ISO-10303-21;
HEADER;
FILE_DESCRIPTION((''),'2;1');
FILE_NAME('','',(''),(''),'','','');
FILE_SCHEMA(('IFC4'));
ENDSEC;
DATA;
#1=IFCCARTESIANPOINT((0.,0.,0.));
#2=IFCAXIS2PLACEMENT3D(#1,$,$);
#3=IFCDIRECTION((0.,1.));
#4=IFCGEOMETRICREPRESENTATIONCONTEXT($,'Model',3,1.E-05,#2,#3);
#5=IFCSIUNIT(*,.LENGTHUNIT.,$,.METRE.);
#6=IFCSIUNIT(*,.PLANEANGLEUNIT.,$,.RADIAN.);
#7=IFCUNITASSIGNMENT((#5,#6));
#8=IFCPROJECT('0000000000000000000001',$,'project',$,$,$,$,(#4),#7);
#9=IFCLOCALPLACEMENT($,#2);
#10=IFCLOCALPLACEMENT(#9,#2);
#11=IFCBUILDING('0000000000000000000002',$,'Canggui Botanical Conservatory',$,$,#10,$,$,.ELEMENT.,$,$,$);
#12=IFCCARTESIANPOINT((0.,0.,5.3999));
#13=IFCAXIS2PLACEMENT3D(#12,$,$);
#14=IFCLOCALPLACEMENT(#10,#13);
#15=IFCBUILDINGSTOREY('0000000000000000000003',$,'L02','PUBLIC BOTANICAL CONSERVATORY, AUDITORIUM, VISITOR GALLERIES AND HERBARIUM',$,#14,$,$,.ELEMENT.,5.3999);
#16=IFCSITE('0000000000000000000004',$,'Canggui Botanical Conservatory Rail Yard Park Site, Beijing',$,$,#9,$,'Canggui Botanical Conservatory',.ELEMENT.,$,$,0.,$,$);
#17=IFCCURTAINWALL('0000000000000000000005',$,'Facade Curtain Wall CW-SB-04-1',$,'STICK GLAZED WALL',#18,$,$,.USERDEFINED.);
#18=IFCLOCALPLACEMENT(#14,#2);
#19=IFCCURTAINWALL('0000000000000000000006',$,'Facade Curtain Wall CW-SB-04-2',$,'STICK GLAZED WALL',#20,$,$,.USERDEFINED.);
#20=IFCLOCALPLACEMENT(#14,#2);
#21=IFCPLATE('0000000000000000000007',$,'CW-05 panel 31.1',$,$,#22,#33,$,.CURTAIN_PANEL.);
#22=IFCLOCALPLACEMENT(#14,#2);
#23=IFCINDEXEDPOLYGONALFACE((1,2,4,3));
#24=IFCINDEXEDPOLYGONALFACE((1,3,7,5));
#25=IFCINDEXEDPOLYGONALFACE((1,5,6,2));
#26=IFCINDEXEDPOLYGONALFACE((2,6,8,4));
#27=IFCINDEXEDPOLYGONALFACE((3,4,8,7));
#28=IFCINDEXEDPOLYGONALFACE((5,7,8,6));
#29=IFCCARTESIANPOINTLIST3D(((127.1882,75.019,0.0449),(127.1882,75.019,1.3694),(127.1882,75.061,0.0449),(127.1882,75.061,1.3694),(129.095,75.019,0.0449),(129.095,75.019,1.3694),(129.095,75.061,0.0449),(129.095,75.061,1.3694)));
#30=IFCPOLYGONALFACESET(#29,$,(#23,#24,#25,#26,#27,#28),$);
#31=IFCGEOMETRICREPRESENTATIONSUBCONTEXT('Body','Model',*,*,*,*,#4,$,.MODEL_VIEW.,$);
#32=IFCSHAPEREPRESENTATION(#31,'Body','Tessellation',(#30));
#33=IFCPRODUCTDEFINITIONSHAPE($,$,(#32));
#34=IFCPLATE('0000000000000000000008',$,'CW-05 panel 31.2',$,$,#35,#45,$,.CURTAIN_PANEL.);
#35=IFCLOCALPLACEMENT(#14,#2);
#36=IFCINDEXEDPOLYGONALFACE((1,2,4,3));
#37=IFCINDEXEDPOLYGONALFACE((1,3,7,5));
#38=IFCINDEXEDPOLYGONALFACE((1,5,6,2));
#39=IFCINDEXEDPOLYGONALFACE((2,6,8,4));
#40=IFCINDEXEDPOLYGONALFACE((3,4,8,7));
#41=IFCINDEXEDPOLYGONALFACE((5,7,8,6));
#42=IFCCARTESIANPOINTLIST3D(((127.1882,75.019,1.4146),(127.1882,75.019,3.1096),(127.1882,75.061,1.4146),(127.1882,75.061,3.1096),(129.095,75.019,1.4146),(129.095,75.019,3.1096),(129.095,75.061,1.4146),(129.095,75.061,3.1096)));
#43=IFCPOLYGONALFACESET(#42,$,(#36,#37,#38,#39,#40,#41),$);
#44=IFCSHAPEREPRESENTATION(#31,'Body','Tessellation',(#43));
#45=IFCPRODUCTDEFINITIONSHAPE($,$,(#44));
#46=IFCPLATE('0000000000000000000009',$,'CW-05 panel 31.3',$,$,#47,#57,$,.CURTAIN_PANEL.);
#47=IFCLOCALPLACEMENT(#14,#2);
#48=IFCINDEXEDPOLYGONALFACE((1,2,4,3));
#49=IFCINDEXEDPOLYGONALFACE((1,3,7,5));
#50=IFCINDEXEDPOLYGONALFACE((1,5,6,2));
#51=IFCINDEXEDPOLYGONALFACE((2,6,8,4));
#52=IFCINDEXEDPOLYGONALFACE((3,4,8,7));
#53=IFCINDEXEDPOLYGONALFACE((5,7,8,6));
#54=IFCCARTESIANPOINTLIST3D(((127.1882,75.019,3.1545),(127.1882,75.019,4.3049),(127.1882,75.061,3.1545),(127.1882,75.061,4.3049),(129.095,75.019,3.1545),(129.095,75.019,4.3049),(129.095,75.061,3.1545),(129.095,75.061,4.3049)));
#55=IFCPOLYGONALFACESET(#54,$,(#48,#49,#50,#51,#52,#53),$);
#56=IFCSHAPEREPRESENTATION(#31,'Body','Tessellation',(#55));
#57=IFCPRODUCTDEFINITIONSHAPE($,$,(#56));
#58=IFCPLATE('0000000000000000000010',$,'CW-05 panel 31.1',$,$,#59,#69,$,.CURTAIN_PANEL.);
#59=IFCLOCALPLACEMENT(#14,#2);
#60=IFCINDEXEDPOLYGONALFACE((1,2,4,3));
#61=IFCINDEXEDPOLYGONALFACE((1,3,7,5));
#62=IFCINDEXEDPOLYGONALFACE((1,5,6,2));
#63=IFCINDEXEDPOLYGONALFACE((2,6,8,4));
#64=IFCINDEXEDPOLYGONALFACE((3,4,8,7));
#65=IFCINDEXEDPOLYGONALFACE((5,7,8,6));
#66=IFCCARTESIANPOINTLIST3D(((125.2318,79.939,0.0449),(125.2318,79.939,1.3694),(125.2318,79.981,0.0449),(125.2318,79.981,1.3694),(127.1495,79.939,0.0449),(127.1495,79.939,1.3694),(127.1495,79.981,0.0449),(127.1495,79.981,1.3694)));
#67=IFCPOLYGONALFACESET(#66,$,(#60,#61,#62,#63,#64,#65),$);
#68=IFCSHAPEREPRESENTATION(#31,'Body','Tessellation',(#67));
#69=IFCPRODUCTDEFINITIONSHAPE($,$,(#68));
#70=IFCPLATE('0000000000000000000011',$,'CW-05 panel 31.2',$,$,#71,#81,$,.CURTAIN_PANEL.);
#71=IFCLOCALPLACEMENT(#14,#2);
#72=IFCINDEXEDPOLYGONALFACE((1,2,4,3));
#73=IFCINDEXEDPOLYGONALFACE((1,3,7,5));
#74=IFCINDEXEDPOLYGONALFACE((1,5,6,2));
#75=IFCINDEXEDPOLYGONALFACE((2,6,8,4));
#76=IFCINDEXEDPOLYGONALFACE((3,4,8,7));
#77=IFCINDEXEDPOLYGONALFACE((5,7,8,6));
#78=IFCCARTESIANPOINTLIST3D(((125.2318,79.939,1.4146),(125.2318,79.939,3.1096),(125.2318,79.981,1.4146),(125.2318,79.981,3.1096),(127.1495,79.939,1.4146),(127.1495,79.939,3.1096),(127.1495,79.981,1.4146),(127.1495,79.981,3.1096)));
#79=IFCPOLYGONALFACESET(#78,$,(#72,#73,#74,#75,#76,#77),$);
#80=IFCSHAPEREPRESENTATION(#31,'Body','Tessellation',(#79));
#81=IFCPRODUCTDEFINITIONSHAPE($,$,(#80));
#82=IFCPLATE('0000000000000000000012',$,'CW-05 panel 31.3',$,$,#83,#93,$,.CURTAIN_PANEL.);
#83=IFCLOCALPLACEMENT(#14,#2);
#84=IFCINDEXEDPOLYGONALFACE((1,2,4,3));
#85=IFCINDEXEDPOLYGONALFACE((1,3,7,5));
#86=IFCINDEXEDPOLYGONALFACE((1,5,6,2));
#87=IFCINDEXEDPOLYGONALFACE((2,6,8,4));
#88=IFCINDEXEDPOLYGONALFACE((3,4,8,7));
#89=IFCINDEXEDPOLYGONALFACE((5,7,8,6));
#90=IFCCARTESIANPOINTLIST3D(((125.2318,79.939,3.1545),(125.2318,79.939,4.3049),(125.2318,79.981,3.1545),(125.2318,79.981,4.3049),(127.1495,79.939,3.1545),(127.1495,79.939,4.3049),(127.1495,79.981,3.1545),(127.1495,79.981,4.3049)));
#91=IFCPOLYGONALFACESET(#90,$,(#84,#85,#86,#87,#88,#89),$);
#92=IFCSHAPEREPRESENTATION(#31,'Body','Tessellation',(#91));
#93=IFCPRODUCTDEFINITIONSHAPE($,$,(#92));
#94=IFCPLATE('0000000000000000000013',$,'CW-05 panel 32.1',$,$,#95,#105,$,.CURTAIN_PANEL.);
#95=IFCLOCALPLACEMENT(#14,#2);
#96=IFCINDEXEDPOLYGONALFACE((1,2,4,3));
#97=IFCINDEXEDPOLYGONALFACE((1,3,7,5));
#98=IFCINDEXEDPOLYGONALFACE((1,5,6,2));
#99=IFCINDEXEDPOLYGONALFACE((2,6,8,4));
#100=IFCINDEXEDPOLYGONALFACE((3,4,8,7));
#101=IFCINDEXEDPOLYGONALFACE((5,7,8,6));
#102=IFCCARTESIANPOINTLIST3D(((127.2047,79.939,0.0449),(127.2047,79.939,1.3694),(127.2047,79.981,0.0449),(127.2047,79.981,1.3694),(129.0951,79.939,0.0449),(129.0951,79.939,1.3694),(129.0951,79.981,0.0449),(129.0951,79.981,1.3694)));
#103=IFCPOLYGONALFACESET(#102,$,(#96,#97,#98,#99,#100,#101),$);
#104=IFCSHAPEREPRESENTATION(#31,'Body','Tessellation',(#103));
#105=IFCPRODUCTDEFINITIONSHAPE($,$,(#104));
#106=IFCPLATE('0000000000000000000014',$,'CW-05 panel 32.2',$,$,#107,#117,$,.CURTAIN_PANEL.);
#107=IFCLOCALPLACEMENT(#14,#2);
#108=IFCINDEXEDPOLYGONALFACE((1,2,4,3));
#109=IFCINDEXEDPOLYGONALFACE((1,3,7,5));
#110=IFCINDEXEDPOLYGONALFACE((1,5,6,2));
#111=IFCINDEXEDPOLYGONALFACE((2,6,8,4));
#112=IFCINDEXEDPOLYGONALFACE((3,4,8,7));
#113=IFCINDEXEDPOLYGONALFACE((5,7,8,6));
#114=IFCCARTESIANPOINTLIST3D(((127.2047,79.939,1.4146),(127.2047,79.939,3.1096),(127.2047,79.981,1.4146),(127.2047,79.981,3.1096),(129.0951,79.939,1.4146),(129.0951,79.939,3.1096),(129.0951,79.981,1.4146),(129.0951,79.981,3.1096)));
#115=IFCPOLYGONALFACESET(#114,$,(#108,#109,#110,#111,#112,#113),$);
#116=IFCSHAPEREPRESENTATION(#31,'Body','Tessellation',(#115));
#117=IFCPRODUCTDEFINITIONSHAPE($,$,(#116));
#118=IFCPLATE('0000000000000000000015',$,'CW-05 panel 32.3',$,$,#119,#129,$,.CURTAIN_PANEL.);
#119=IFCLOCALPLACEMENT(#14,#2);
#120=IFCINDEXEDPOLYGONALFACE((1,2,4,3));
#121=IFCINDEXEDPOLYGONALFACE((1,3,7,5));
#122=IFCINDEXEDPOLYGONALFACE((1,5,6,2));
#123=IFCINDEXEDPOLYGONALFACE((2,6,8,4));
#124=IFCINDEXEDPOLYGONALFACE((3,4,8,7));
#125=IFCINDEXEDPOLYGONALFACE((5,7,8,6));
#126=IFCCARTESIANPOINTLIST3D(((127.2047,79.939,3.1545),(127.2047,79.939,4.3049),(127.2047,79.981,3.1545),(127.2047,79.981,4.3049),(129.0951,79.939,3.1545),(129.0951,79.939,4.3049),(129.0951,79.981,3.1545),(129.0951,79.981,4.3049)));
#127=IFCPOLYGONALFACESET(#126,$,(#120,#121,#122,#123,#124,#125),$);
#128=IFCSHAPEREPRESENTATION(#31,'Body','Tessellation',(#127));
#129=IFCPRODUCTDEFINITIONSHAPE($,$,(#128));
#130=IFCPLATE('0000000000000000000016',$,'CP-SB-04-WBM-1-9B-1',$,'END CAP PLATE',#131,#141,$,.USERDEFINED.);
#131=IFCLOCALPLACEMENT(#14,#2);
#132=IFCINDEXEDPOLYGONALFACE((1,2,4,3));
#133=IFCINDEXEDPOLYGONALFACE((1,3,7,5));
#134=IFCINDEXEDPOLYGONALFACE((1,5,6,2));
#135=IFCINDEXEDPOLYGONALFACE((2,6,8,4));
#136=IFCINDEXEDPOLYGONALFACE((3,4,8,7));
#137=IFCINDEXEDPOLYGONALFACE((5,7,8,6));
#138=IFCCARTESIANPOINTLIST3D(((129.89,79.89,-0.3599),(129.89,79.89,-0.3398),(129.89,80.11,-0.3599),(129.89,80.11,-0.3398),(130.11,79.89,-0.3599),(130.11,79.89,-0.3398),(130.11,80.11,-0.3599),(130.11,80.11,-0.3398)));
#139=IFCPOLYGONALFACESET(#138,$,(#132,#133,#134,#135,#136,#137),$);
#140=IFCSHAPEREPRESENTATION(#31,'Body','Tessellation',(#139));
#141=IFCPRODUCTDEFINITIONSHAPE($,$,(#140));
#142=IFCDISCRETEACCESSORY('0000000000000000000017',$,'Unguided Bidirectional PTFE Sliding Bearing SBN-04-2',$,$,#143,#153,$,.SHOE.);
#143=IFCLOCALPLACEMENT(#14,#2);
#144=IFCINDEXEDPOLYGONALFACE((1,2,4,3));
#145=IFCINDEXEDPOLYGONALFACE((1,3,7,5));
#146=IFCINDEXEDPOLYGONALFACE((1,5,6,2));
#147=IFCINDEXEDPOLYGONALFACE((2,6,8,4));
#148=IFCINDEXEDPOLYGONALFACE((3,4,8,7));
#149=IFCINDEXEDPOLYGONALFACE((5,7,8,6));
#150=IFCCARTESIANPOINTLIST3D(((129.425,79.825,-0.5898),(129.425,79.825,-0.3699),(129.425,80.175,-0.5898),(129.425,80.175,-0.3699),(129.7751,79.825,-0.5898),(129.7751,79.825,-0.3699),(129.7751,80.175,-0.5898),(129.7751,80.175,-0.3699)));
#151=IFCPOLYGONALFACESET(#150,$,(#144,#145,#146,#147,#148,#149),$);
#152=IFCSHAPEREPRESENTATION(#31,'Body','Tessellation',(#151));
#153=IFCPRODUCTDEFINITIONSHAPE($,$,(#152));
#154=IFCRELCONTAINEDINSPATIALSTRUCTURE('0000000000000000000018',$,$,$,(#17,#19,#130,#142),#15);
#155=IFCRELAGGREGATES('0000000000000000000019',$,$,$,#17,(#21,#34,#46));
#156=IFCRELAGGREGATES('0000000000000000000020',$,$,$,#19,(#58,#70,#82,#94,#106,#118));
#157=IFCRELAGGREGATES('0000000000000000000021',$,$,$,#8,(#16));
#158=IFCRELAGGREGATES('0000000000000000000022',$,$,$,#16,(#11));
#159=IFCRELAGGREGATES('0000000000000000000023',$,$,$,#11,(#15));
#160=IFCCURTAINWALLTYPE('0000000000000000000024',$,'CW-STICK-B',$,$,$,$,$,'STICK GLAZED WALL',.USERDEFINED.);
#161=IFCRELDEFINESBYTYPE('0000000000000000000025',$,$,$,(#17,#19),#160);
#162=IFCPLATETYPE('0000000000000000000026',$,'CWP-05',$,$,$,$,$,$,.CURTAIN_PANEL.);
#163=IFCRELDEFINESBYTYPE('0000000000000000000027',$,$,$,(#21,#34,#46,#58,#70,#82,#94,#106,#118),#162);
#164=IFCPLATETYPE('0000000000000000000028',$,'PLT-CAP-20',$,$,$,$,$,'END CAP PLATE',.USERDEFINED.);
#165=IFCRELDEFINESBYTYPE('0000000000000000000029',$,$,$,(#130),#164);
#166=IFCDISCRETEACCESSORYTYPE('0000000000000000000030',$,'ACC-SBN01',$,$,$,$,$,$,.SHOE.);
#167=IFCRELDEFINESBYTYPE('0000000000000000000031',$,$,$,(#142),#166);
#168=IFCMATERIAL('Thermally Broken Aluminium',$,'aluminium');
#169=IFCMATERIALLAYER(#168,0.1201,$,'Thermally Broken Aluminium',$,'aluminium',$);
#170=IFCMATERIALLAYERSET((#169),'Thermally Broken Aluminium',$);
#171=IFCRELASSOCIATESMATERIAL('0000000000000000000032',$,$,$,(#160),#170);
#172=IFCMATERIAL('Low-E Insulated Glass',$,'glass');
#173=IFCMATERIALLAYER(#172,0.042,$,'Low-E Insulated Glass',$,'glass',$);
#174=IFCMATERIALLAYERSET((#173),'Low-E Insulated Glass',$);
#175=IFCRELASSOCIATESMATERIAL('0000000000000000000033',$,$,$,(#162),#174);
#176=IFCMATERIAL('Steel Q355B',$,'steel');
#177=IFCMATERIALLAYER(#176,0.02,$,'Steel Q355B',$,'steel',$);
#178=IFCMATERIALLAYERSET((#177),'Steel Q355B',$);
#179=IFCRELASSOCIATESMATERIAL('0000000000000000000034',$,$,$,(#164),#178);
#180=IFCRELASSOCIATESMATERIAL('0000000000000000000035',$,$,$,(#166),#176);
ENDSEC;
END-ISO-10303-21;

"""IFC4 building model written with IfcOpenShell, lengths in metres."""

from ifc_helpers import new_model, si_unit, direction, frame, origin, origin_2d, place, context, subcontext, project, spatial, rectangle, extrude, material, layer, layer_set, type_object, element, aggregate, save


model = new_model("IFC4")

# Units and contexts
model_context = context("Model", 3, precision=1e-05, world=origin(), true_north=direction((0.0, 1.0)))
body_context = subcontext(model_context, "Body", "Model", "MODEL_VIEW")
ifc_project = project(units=[si_unit("LENGTHUNIT", "METRE"), si_unit("PLANEANGLEUNIT", "RADIAN")], contexts=[model_context])

# Site, building, storey
site_placement = place(None, origin())
site = spatial("IfcSite", under=ifc_project, at=site_placement, Name="Canggui Botanical Conservatory Rail Yard Park Site, Beijing", LongName="Canggui Botanical Conservatory", CompositionType="ELEMENT", RefElevation=0.0)
building_placement = place(site_placement, origin())
building = spatial("IfcBuilding", under=site, at=building_placement, Name="Canggui Botanical Conservatory", CompositionType="ELEMENT")
storey_placement = place(building_placement, frame((0.0, 0.0, 5.3999)))
storey = spatial("IfcBuildingStorey", under=building, at=storey_placement, Name="L02", Description="PUBLIC BOTANICAL CONSERVATORY, AUDITORIUM, VISITOR GALLERIES AND HERBARIUM", CompositionType="ELEMENT", Elevation=5.3999)

# Shared definitions
ifc_material_1 = material(Name="Thermally Broken Aluminium", Category="aluminium")

# Curtain walls
ifc_layer_1 = layer(ifc_material_1, 0.1201, Name="Thermally Broken Aluminium", Category="aluminium")
ifc_layer_set_1 = layer_set([ifc_layer_1], Name="Thermally Broken Aluminium")
curtain_wall_type_1 = type_object("IfcCurtainWallType", Name="CW-STICK-B", ElementType="STICK GLAZED WALL", PredefinedType="USERDEFINED", material=ifc_layer_set_1)
curtain_wall_1_placement = place(storey_placement, origin())
curtain_wall_1 = element("IfcCurtainWall", 1, at=curtain_wall_1_placement, inside=storey, type_object=curtain_wall_type_1, Name="Facade Curtain Wall CW-SB-04-1", ObjectType="STICK GLAZED WALL", PredefinedType="USERDEFINED")
curtain_wall_2_placement = place(storey_placement, origin())
curtain_wall_2 = element("IfcCurtainWall", 2, at=curtain_wall_2_placement, inside=storey, type_object=curtain_wall_type_1, Name="Facade Curtain Wall CW-SB-04-2", ObjectType="STICK GLAZED WALL", PredefinedType="USERDEFINED")

# Plates
ifc_material_2 = material(Name="Low-E Insulated Glass", Category="glass")
ifc_layer_2 = layer(ifc_material_2, 0.042, Name="Low-E Insulated Glass", Category="glass")
ifc_layer_set_2 = layer_set([ifc_layer_2], Name="Low-E Insulated Glass")
plate_type_1 = type_object("IfcPlateType", Name="CWP-05", PredefinedType="CURTAIN_PANEL", material=ifc_layer_set_2)
plate_1_placement = place(storey_placement, frame((128.1416, 75.04, 0.0449), z_axis=(0.0, 0.0, 1.0), x_axis=(1.0, 0.0, 0.0)))
plate_1 = element("IfcPlate", 3, at=plate_1_placement, type_object=plate_type_1, Name="CW-05 panel 31.1", PredefinedType="CURTAIN_PANEL", context=body_context, shape_type="SweptSolid", body=[
    extrude(rectangle(XDim=1.9067, YDim=0.042, at=origin_2d()), origin(), (0.0, 0.0, 1.0), 1.3245),
])
plate_2_placement = place(storey_placement, frame((128.1416, 75.04, 1.4146), z_axis=(0.0, 0.0, 1.0), x_axis=(1.0, 0.0, 0.0)))
plate_2 = element("IfcPlate", 4, at=plate_2_placement, type_object=plate_type_1, Name="CW-05 panel 31.2", PredefinedType="CURTAIN_PANEL", context=body_context, shape_type="SweptSolid", body=[
    extrude(rectangle(XDim=1.9067, YDim=0.042, at=origin_2d()), origin(), (0.0, 0.0, 1.0), 1.6951),
])
plate_3_placement = place(storey_placement, frame((128.1416, 75.04, 3.1545), z_axis=(0.0, 0.0, 1.0), x_axis=(1.0, 0.0, 0.0)))
plate_3 = element("IfcPlate", 5, at=plate_3_placement, type_object=plate_type_1, Name="CW-05 panel 31.3", PredefinedType="CURTAIN_PANEL", context=body_context, shape_type="SweptSolid", body=[
    extrude(rectangle(XDim=1.9067, YDim=0.042, at=origin_2d()), origin(), (0.0, 0.0, 1.0), 1.1504),
])
aggregate(curtain_wall_1, [plate_1, plate_2, plate_3])
plate_4_placement = place(storey_placement, frame((126.1907, 79.96, 0.0449), z_axis=(0.0, 0.0, 1.0), x_axis=(1.0, 0.0, 0.0)))
plate_4 = element("IfcPlate", 6, at=plate_4_placement, type_object=plate_type_1, Name="CW-05 panel 31.1", PredefinedType="CURTAIN_PANEL", context=body_context, shape_type="SweptSolid", body=[
    extrude(rectangle(XDim=1.9177, YDim=0.042, at=origin_2d()), origin(), (0.0, 0.0, 1.0), 1.3245),
])
plate_5_placement = place(storey_placement, frame((126.1907, 79.96, 1.4146), z_axis=(0.0, 0.0, 1.0), x_axis=(1.0, 0.0, 0.0)))
plate_5 = element("IfcPlate", 7, at=plate_5_placement, type_object=plate_type_1, Name="CW-05 panel 31.2", PredefinedType="CURTAIN_PANEL", context=body_context, shape_type="SweptSolid", body=[
    extrude(rectangle(XDim=1.9177, YDim=0.042, at=origin_2d()), origin(), (0.0, 0.0, 1.0), 1.6951),
])
plate_6_placement = place(storey_placement, frame((126.1907, 79.96, 3.1545), z_axis=(0.0, 0.0, 1.0), x_axis=(1.0, 0.0, 0.0)))
plate_6 = element("IfcPlate", 8, at=plate_6_placement, type_object=plate_type_1, Name="CW-05 panel 31.3", PredefinedType="CURTAIN_PANEL", context=body_context, shape_type="SweptSolid", body=[
    extrude(rectangle(XDim=1.9177, YDim=0.042, at=origin_2d()), origin(), (0.0, 0.0, 1.0), 1.1504),
])
plate_7_placement = place(storey_placement, frame((128.1499, 79.96, 0.0449), z_axis=(0.0, 0.0, 1.0), x_axis=(1.0, 0.0, 0.0)))
plate_7 = element("IfcPlate", 9, at=plate_7_placement, type_object=plate_type_1, Name="CW-05 panel 32.1", PredefinedType="CURTAIN_PANEL", context=body_context, shape_type="SweptSolid", body=[
    extrude(rectangle(XDim=1.8904, YDim=0.042, at=origin_2d()), origin(), (0.0, 0.0, 1.0), 1.3245),
])
plate_8_placement = place(storey_placement, frame((128.1499, 79.96, 1.4146), z_axis=(0.0, 0.0, 1.0), x_axis=(1.0, 0.0, 0.0)))
plate_8 = element("IfcPlate", 10, at=plate_8_placement, type_object=plate_type_1, Name="CW-05 panel 32.2", PredefinedType="CURTAIN_PANEL", context=body_context, shape_type="SweptSolid", body=[
    extrude(rectangle(XDim=1.8904, YDim=0.042, at=origin_2d()), origin(), (0.0, 0.0, 1.0), 1.6951),
])
plate_9_placement = place(storey_placement, frame((128.1499, 79.96, 3.1545), z_axis=(0.0, 0.0, 1.0), x_axis=(1.0, 0.0, 0.0)))
plate_9 = element("IfcPlate", 11, at=plate_9_placement, type_object=plate_type_1, Name="CW-05 panel 32.3", PredefinedType="CURTAIN_PANEL", context=body_context, shape_type="SweptSolid", body=[
    extrude(rectangle(XDim=1.8904, YDim=0.042, at=origin_2d()), origin(), (0.0, 0.0, 1.0), 1.1504),
])
aggregate(curtain_wall_2, [plate_4, plate_5, plate_6, plate_7, plate_8, plate_9])
ifc_material_3 = material(Name="Steel Q355B", Category="steel")
ifc_layer_3 = layer(ifc_material_3, 0.02, Name="Steel Q355B", Category="steel")
ifc_layer_set_3 = layer_set([ifc_layer_3], Name="Steel Q355B")
plate_type_2 = type_object("IfcPlateType", Name="PLT-CAP-20", ElementType="END CAP PLATE", PredefinedType="USERDEFINED", material=ifc_layer_set_3)
plate_10_placement = place(storey_placement, frame((130.0, 80.0, -0.3599), z_axis=(0.0, 0.0, 1.0), x_axis=(1.0, 0.0, 0.0)))
element("IfcPlate", 12, at=plate_10_placement, inside=storey, type_object=plate_type_2, Name="CP-SB-04-WBM-1-9B-1", ObjectType="END CAP PLATE", PredefinedType="USERDEFINED", context=body_context, shape_type="SweptSolid", body=[
    extrude(rectangle(XDim=0.22, YDim=0.22, at=origin_2d()), origin(), (0.0, 0.0, 1.0), 0.02),
])

# Discrete accessory
discrete_accessory_type = type_object("IfcDiscreteAccessoryType", Name="ACC-SBN01", PredefinedType="SHOE", material=ifc_material_3)
discrete_accessory_placement = place(storey_placement, frame((129.6001, 80.0, -0.5898), z_axis=(0.0, 0.0, 1.0), x_axis=(1.0, 0.0, 0.0)))
element("IfcDiscreteAccessory", 13, at=discrete_accessory_placement, inside=storey, type_object=discrete_accessory_type, Name="Unguided Bidirectional PTFE Sliding Bearing SBN-04-2", PredefinedType="SHOE", context=body_context, shape_type="SweptSolid", body=[
    extrude(rectangle(XDim=0.3501, YDim=0.3501, at=origin_2d()), origin(), (0.0, 0.0, 1.0), 0.22),
])

save(model, "model.ifc")
